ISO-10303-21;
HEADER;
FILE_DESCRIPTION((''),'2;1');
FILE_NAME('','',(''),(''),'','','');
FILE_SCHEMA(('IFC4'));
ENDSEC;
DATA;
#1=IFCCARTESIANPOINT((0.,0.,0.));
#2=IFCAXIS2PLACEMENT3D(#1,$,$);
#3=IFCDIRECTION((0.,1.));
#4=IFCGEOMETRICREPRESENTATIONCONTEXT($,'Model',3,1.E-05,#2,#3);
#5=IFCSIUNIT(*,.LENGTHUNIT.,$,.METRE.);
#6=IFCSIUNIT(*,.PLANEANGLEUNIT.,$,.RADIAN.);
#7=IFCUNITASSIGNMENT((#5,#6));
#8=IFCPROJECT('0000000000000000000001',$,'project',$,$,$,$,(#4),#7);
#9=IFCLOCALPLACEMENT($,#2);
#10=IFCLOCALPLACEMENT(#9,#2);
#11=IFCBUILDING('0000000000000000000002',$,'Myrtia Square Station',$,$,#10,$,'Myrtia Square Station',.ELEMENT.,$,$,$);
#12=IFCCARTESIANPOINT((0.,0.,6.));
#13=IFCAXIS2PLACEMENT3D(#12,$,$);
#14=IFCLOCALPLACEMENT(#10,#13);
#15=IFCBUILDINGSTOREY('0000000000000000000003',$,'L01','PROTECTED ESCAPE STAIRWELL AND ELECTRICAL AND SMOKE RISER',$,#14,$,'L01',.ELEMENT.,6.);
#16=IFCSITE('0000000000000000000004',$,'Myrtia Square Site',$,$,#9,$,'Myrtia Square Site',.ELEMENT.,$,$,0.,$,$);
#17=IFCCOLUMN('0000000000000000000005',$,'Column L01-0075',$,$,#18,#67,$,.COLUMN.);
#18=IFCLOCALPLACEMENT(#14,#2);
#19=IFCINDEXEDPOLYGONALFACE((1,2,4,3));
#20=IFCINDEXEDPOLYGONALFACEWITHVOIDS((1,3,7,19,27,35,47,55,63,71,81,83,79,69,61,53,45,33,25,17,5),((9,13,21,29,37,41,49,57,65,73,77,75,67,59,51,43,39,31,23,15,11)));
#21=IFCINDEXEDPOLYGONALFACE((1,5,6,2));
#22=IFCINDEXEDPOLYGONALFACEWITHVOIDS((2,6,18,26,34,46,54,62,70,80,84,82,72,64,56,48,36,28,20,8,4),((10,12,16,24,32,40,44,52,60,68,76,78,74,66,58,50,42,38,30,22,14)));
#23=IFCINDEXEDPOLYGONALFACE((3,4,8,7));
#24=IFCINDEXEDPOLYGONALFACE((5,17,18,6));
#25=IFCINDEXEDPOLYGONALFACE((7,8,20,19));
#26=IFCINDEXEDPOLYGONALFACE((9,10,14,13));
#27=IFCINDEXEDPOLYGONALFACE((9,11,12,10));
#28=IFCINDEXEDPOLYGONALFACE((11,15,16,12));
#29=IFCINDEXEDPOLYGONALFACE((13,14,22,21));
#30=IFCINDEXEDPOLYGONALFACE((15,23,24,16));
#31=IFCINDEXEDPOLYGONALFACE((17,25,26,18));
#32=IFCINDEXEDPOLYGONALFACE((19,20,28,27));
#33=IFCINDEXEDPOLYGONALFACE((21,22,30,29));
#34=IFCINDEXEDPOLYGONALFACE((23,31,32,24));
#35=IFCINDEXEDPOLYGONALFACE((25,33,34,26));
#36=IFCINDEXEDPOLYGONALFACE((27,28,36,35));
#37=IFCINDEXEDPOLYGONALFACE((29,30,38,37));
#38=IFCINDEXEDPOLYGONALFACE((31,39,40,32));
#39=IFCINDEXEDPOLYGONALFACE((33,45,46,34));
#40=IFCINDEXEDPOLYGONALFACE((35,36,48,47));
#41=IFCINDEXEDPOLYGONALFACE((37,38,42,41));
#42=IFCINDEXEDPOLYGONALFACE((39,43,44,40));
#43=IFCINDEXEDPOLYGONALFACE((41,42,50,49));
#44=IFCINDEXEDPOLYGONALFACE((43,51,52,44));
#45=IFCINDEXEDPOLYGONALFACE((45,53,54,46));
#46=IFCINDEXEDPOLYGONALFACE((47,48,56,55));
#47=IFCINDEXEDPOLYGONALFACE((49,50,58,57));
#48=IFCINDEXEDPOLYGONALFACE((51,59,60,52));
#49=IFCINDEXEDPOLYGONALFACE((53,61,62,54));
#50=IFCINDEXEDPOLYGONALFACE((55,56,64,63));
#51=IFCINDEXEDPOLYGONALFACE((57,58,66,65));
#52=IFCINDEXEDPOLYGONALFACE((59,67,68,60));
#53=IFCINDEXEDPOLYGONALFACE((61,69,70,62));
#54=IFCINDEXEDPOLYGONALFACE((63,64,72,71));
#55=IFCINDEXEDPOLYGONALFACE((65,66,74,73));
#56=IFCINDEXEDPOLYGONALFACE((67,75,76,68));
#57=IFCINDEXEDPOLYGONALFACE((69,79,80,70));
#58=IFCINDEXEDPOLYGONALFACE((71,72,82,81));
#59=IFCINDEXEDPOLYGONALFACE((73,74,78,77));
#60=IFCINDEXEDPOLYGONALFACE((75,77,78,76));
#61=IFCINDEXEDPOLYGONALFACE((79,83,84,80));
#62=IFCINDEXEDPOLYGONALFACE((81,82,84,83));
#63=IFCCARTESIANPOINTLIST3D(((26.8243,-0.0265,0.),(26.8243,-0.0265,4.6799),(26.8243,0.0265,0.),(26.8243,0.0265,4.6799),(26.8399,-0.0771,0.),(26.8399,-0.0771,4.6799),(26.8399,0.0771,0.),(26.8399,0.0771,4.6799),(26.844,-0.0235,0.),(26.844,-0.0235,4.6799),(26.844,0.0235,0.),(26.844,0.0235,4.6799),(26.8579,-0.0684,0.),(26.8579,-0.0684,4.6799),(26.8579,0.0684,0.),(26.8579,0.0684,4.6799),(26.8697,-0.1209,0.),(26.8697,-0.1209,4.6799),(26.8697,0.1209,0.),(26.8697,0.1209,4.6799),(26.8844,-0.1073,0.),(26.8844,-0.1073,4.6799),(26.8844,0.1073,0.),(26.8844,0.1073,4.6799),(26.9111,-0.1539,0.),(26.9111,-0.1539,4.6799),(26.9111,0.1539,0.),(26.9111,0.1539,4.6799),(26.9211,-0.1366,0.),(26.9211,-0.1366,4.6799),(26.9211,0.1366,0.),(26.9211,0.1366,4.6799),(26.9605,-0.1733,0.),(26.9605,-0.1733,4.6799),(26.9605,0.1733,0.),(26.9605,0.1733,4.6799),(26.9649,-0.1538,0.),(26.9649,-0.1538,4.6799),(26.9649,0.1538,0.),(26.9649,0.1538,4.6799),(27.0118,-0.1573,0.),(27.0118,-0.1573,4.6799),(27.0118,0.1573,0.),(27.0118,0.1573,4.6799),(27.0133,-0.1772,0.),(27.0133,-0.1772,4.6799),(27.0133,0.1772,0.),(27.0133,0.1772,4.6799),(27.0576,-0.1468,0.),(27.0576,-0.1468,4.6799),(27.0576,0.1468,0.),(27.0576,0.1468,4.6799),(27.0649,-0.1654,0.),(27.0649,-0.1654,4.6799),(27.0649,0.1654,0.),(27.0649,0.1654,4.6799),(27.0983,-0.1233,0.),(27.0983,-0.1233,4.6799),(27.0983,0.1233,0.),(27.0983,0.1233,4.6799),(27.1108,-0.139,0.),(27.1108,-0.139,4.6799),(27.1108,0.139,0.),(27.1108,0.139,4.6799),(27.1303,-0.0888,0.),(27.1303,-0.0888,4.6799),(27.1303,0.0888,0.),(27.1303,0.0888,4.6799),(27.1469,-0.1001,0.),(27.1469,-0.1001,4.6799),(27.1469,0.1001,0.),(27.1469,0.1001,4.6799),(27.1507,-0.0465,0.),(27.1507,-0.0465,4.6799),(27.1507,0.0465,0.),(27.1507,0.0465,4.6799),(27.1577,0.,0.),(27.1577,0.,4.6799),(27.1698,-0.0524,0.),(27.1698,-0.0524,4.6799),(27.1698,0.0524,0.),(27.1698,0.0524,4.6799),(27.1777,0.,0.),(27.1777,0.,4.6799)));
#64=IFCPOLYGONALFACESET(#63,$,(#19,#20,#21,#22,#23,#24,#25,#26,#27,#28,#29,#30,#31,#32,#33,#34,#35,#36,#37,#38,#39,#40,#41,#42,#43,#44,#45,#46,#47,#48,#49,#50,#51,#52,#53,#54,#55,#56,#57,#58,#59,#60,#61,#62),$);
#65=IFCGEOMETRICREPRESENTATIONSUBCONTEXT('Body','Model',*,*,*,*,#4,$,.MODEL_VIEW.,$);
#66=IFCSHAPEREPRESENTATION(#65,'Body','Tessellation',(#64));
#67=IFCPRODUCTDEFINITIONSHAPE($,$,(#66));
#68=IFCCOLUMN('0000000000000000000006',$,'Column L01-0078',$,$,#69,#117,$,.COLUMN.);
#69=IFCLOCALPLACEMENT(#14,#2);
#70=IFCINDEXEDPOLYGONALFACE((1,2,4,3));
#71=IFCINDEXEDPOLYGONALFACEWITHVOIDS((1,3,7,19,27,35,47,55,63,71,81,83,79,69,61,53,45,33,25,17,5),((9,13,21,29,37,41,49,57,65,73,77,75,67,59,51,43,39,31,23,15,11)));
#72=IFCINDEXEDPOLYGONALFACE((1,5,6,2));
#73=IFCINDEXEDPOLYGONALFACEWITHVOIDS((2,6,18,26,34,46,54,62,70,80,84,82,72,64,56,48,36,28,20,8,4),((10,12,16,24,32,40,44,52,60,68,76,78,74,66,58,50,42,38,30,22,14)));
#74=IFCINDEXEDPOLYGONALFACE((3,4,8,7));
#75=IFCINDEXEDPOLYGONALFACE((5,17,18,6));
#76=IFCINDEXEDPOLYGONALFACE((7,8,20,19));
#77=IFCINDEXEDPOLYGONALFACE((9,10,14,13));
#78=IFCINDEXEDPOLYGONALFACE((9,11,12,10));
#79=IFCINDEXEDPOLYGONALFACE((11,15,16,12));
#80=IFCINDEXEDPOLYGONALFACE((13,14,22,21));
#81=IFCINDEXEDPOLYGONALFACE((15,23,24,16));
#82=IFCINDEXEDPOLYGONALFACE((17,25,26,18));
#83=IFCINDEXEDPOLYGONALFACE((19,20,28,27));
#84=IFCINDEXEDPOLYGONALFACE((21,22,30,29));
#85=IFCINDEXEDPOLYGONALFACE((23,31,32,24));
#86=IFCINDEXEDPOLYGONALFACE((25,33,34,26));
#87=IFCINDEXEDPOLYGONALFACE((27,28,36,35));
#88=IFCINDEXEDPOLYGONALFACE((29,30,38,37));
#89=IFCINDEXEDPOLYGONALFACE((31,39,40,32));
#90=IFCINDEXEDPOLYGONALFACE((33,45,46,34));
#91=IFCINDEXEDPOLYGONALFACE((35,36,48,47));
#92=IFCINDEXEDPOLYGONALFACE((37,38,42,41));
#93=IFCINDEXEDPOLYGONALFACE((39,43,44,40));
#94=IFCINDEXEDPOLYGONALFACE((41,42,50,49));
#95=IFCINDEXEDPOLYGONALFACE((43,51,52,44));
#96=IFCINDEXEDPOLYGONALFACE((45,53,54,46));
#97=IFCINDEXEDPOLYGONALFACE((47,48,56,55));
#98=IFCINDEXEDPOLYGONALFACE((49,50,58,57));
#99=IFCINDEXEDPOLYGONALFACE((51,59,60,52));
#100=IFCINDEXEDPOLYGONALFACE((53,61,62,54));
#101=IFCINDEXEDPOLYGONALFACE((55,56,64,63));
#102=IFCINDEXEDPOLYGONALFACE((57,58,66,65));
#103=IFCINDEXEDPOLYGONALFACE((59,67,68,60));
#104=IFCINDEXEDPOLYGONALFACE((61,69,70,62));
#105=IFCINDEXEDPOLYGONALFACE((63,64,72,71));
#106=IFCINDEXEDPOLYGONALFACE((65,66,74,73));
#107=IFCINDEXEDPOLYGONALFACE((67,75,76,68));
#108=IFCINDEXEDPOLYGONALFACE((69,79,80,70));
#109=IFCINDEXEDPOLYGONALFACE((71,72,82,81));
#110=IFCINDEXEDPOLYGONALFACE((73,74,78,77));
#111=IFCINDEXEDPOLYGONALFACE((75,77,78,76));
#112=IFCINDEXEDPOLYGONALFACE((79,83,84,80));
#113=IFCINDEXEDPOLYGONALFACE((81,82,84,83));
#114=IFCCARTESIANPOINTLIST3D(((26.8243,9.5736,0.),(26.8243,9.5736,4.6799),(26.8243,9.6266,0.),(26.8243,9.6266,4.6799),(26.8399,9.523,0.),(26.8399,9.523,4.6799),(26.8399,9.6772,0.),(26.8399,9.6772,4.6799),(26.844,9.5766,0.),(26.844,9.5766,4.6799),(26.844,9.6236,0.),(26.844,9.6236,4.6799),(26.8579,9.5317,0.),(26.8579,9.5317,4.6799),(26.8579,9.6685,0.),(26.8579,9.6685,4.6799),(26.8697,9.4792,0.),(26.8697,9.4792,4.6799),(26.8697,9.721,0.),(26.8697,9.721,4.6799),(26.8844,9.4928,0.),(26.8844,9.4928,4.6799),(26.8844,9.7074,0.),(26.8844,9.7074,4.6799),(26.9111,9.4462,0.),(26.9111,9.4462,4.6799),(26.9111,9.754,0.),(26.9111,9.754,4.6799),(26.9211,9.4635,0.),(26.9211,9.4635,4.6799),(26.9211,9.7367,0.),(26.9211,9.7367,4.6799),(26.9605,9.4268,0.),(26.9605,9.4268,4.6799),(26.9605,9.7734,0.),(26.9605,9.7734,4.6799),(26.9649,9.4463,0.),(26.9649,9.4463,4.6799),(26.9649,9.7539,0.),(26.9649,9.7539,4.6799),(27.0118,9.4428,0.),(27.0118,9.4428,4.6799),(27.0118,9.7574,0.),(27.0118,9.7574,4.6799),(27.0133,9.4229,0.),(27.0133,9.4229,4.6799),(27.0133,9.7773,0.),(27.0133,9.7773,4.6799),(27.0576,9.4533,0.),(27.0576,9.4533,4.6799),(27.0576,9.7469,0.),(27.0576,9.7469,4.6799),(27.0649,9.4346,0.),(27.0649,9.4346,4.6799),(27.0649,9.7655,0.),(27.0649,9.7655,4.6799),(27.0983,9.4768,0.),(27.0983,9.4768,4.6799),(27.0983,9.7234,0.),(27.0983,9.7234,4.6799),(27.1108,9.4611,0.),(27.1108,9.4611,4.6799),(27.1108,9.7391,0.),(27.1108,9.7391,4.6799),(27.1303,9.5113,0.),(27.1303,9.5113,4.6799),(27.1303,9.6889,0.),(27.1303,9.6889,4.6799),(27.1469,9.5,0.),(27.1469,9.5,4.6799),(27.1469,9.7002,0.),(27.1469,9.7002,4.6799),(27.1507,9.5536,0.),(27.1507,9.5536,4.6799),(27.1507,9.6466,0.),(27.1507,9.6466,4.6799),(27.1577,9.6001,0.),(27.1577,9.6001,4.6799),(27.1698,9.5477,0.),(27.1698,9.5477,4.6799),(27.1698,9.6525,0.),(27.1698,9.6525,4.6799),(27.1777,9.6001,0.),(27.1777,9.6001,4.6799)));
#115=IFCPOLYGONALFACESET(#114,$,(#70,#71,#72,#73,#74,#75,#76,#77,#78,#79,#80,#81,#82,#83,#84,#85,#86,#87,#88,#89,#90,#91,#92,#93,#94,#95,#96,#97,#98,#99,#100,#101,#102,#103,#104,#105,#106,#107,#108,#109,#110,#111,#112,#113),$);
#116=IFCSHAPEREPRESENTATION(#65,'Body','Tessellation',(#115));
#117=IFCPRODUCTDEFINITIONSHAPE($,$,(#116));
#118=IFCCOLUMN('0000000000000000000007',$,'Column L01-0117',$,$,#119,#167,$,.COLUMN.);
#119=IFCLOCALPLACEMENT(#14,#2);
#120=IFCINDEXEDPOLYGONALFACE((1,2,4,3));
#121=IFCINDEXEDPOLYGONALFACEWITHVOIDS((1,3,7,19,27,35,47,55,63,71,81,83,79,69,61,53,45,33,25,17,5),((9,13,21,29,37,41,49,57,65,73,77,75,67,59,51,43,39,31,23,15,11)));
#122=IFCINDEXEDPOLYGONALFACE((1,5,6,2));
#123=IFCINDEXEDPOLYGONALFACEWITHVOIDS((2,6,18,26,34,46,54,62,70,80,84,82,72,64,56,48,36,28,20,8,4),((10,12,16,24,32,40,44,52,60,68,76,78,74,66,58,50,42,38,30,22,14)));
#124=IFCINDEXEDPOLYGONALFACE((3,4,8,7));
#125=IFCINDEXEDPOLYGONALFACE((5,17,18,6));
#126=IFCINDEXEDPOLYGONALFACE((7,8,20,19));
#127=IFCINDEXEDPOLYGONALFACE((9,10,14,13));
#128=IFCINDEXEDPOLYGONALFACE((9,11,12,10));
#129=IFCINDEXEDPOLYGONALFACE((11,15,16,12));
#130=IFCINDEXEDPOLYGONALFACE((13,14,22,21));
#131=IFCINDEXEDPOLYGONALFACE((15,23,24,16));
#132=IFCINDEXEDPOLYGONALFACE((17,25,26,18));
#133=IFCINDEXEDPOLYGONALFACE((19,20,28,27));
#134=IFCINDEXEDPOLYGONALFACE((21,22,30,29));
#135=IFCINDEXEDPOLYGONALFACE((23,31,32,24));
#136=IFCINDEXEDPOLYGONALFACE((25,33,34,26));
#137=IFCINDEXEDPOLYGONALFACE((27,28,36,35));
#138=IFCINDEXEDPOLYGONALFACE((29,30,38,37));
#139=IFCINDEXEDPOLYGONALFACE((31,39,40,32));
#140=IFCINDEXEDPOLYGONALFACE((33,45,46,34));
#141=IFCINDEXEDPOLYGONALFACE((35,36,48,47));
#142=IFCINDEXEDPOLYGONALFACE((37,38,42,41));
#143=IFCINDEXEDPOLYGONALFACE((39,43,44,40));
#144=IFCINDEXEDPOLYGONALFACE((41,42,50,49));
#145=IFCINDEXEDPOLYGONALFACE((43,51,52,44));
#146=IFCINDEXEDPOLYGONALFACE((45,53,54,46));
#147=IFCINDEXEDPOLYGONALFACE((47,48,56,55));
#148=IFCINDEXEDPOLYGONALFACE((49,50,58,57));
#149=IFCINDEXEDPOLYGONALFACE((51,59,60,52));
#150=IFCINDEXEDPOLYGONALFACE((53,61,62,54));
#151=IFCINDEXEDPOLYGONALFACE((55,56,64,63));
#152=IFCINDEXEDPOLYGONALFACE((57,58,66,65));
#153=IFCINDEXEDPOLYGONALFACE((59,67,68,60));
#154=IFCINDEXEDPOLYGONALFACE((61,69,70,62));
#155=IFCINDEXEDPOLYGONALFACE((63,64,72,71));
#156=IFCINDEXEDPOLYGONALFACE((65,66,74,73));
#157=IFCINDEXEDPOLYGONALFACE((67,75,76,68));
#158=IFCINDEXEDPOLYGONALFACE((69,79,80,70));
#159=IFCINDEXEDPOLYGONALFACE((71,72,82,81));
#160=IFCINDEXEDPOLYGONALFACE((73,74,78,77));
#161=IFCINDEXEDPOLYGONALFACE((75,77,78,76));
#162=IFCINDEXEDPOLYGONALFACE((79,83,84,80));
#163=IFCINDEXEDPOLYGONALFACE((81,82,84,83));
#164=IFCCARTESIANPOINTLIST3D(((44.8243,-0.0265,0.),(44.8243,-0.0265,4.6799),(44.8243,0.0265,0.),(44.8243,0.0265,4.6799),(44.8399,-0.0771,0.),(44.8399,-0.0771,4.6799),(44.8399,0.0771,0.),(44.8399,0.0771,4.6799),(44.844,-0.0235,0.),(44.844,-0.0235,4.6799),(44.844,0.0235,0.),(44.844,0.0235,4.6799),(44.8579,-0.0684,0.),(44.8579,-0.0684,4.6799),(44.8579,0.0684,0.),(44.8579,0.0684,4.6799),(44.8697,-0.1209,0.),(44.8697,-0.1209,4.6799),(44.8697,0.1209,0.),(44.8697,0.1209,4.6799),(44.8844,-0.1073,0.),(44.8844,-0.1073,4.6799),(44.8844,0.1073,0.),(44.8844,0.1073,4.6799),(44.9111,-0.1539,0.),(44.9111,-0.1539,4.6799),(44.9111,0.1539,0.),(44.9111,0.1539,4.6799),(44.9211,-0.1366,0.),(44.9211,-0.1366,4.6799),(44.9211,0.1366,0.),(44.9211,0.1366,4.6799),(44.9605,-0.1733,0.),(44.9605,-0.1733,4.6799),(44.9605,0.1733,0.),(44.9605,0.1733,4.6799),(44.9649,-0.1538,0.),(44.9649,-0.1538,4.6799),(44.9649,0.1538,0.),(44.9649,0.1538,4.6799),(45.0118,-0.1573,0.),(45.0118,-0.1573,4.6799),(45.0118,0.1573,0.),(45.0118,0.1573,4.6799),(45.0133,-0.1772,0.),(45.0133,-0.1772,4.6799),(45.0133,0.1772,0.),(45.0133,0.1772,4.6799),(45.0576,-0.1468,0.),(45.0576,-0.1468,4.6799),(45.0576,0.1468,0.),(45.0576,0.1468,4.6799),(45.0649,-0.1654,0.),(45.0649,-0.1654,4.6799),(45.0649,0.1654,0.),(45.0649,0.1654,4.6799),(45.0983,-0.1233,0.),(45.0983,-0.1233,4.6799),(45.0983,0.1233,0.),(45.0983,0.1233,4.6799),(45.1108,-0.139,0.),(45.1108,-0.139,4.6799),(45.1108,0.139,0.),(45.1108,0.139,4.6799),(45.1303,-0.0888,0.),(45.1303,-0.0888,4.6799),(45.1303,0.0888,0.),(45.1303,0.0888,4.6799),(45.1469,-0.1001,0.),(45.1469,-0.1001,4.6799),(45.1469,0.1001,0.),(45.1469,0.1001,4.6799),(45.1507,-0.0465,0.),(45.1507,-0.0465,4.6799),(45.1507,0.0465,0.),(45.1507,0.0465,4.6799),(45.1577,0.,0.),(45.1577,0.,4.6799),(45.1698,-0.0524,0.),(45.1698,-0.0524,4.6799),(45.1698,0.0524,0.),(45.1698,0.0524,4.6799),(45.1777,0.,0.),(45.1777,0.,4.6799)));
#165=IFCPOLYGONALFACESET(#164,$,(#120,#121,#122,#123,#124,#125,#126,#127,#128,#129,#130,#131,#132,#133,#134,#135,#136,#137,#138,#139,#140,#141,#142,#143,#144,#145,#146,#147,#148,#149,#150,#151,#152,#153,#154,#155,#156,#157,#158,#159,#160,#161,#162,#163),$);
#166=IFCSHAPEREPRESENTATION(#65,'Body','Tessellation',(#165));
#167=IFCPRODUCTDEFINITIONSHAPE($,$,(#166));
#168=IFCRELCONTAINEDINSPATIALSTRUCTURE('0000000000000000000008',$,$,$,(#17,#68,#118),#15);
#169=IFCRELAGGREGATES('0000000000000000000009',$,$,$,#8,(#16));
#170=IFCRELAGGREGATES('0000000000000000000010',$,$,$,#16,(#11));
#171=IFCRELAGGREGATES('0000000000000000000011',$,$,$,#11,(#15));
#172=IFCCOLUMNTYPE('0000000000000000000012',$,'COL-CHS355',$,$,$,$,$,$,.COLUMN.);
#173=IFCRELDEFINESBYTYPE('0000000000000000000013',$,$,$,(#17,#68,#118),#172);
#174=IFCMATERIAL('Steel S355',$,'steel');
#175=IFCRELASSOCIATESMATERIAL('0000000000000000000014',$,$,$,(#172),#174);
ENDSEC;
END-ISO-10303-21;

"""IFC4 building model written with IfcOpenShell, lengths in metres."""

from ifc_helpers import new_model, si_unit, direction, frame, origin, origin_2d, place, context, subcontext, project, spatial, hollow_circle, extrude, material, material_profile, profile_set, type_object, element, save


model = new_model("IFC4")

# Units and contexts
model_context = context("Model", 3, precision=1e-05, world=origin(), true_north=direction((0.0, 1.0)))
body_context = subcontext(model_context, "Body", "Model", "MODEL_VIEW")
ifc_project = project(units=[si_unit("LENGTHUNIT", "METRE"), si_unit("PLANEANGLEUNIT", "RADIAN")], contexts=[model_context])

# Site, building, storey
site_placement = place(None, origin())
site = spatial("IfcSite", under=ifc_project, at=site_placement, Name="Myrtia Square Site", LongName="Myrtia Square Site", CompositionType="ELEMENT", RefElevation=0.0)
building_placement = place(site_placement, origin())
building = spatial("IfcBuilding", under=site, at=building_placement, Name="Myrtia Square Station", LongName="Myrtia Square Station", CompositionType="ELEMENT")
storey_placement = place(building_placement, frame((0.0, 0.0, 6.0)))
storey = spatial("IfcBuildingStorey", under=building, at=storey_placement, Name="L01", Description="PROTECTED ESCAPE STAIRWELL AND ELECTRICAL AND SMOKE RISER", LongName="L01", CompositionType="ELEMENT", Elevation=6.0)

# Columns
ifc_material_1 = material(Name="Steel S355", Category="steel")
ifc_material_profile_1 = material_profile(ifc_material_1, hollow_circle(Radius=0.1777, WallThickness=0.02, at=origin_2d()), Name="CHS 355.6x20")
ifc_profile_set_1 = profile_set([ifc_material_profile_1], Name="Steel S355")
column_type = type_object("IfcColumnType", Name="COL-CHS355", PredefinedType="COLUMN", material=ifc_profile_set_1)
for number, where, z_axis, x_axis, name in (
    (1, (27.0, 0.0, 0.0), (0.0, 0.0, 1.0), (1.0, 0.0, 0.0), "Column L01-0075"),
    (2, (27.0, 9.6001, 0.0), (0.0, 0.0, 1.0), (1.0, 0.0, 0.0), "Column L01-0078"),
    (3, (45.0, 0.0, 0.0), (0.0, 0.0, 1.0), (1.0, 0.0, 0.0), "Column L01-0117"),
):
    element("IfcColumn", number, at=place(storey_placement, frame(where, z_axis=z_axis, x_axis=x_axis)), inside=storey, type_object=column_type, Name=name, PredefinedType="COLUMN", context=body_context, shape_type="SweptSolid", body=[
        extrude(hollow_circle(Radius=0.1777, WallThickness=0.02, at=origin_2d()), origin(), (0.0, 0.0, 1.0), 4.6799),
    ])

save(model, "model.ifc")
